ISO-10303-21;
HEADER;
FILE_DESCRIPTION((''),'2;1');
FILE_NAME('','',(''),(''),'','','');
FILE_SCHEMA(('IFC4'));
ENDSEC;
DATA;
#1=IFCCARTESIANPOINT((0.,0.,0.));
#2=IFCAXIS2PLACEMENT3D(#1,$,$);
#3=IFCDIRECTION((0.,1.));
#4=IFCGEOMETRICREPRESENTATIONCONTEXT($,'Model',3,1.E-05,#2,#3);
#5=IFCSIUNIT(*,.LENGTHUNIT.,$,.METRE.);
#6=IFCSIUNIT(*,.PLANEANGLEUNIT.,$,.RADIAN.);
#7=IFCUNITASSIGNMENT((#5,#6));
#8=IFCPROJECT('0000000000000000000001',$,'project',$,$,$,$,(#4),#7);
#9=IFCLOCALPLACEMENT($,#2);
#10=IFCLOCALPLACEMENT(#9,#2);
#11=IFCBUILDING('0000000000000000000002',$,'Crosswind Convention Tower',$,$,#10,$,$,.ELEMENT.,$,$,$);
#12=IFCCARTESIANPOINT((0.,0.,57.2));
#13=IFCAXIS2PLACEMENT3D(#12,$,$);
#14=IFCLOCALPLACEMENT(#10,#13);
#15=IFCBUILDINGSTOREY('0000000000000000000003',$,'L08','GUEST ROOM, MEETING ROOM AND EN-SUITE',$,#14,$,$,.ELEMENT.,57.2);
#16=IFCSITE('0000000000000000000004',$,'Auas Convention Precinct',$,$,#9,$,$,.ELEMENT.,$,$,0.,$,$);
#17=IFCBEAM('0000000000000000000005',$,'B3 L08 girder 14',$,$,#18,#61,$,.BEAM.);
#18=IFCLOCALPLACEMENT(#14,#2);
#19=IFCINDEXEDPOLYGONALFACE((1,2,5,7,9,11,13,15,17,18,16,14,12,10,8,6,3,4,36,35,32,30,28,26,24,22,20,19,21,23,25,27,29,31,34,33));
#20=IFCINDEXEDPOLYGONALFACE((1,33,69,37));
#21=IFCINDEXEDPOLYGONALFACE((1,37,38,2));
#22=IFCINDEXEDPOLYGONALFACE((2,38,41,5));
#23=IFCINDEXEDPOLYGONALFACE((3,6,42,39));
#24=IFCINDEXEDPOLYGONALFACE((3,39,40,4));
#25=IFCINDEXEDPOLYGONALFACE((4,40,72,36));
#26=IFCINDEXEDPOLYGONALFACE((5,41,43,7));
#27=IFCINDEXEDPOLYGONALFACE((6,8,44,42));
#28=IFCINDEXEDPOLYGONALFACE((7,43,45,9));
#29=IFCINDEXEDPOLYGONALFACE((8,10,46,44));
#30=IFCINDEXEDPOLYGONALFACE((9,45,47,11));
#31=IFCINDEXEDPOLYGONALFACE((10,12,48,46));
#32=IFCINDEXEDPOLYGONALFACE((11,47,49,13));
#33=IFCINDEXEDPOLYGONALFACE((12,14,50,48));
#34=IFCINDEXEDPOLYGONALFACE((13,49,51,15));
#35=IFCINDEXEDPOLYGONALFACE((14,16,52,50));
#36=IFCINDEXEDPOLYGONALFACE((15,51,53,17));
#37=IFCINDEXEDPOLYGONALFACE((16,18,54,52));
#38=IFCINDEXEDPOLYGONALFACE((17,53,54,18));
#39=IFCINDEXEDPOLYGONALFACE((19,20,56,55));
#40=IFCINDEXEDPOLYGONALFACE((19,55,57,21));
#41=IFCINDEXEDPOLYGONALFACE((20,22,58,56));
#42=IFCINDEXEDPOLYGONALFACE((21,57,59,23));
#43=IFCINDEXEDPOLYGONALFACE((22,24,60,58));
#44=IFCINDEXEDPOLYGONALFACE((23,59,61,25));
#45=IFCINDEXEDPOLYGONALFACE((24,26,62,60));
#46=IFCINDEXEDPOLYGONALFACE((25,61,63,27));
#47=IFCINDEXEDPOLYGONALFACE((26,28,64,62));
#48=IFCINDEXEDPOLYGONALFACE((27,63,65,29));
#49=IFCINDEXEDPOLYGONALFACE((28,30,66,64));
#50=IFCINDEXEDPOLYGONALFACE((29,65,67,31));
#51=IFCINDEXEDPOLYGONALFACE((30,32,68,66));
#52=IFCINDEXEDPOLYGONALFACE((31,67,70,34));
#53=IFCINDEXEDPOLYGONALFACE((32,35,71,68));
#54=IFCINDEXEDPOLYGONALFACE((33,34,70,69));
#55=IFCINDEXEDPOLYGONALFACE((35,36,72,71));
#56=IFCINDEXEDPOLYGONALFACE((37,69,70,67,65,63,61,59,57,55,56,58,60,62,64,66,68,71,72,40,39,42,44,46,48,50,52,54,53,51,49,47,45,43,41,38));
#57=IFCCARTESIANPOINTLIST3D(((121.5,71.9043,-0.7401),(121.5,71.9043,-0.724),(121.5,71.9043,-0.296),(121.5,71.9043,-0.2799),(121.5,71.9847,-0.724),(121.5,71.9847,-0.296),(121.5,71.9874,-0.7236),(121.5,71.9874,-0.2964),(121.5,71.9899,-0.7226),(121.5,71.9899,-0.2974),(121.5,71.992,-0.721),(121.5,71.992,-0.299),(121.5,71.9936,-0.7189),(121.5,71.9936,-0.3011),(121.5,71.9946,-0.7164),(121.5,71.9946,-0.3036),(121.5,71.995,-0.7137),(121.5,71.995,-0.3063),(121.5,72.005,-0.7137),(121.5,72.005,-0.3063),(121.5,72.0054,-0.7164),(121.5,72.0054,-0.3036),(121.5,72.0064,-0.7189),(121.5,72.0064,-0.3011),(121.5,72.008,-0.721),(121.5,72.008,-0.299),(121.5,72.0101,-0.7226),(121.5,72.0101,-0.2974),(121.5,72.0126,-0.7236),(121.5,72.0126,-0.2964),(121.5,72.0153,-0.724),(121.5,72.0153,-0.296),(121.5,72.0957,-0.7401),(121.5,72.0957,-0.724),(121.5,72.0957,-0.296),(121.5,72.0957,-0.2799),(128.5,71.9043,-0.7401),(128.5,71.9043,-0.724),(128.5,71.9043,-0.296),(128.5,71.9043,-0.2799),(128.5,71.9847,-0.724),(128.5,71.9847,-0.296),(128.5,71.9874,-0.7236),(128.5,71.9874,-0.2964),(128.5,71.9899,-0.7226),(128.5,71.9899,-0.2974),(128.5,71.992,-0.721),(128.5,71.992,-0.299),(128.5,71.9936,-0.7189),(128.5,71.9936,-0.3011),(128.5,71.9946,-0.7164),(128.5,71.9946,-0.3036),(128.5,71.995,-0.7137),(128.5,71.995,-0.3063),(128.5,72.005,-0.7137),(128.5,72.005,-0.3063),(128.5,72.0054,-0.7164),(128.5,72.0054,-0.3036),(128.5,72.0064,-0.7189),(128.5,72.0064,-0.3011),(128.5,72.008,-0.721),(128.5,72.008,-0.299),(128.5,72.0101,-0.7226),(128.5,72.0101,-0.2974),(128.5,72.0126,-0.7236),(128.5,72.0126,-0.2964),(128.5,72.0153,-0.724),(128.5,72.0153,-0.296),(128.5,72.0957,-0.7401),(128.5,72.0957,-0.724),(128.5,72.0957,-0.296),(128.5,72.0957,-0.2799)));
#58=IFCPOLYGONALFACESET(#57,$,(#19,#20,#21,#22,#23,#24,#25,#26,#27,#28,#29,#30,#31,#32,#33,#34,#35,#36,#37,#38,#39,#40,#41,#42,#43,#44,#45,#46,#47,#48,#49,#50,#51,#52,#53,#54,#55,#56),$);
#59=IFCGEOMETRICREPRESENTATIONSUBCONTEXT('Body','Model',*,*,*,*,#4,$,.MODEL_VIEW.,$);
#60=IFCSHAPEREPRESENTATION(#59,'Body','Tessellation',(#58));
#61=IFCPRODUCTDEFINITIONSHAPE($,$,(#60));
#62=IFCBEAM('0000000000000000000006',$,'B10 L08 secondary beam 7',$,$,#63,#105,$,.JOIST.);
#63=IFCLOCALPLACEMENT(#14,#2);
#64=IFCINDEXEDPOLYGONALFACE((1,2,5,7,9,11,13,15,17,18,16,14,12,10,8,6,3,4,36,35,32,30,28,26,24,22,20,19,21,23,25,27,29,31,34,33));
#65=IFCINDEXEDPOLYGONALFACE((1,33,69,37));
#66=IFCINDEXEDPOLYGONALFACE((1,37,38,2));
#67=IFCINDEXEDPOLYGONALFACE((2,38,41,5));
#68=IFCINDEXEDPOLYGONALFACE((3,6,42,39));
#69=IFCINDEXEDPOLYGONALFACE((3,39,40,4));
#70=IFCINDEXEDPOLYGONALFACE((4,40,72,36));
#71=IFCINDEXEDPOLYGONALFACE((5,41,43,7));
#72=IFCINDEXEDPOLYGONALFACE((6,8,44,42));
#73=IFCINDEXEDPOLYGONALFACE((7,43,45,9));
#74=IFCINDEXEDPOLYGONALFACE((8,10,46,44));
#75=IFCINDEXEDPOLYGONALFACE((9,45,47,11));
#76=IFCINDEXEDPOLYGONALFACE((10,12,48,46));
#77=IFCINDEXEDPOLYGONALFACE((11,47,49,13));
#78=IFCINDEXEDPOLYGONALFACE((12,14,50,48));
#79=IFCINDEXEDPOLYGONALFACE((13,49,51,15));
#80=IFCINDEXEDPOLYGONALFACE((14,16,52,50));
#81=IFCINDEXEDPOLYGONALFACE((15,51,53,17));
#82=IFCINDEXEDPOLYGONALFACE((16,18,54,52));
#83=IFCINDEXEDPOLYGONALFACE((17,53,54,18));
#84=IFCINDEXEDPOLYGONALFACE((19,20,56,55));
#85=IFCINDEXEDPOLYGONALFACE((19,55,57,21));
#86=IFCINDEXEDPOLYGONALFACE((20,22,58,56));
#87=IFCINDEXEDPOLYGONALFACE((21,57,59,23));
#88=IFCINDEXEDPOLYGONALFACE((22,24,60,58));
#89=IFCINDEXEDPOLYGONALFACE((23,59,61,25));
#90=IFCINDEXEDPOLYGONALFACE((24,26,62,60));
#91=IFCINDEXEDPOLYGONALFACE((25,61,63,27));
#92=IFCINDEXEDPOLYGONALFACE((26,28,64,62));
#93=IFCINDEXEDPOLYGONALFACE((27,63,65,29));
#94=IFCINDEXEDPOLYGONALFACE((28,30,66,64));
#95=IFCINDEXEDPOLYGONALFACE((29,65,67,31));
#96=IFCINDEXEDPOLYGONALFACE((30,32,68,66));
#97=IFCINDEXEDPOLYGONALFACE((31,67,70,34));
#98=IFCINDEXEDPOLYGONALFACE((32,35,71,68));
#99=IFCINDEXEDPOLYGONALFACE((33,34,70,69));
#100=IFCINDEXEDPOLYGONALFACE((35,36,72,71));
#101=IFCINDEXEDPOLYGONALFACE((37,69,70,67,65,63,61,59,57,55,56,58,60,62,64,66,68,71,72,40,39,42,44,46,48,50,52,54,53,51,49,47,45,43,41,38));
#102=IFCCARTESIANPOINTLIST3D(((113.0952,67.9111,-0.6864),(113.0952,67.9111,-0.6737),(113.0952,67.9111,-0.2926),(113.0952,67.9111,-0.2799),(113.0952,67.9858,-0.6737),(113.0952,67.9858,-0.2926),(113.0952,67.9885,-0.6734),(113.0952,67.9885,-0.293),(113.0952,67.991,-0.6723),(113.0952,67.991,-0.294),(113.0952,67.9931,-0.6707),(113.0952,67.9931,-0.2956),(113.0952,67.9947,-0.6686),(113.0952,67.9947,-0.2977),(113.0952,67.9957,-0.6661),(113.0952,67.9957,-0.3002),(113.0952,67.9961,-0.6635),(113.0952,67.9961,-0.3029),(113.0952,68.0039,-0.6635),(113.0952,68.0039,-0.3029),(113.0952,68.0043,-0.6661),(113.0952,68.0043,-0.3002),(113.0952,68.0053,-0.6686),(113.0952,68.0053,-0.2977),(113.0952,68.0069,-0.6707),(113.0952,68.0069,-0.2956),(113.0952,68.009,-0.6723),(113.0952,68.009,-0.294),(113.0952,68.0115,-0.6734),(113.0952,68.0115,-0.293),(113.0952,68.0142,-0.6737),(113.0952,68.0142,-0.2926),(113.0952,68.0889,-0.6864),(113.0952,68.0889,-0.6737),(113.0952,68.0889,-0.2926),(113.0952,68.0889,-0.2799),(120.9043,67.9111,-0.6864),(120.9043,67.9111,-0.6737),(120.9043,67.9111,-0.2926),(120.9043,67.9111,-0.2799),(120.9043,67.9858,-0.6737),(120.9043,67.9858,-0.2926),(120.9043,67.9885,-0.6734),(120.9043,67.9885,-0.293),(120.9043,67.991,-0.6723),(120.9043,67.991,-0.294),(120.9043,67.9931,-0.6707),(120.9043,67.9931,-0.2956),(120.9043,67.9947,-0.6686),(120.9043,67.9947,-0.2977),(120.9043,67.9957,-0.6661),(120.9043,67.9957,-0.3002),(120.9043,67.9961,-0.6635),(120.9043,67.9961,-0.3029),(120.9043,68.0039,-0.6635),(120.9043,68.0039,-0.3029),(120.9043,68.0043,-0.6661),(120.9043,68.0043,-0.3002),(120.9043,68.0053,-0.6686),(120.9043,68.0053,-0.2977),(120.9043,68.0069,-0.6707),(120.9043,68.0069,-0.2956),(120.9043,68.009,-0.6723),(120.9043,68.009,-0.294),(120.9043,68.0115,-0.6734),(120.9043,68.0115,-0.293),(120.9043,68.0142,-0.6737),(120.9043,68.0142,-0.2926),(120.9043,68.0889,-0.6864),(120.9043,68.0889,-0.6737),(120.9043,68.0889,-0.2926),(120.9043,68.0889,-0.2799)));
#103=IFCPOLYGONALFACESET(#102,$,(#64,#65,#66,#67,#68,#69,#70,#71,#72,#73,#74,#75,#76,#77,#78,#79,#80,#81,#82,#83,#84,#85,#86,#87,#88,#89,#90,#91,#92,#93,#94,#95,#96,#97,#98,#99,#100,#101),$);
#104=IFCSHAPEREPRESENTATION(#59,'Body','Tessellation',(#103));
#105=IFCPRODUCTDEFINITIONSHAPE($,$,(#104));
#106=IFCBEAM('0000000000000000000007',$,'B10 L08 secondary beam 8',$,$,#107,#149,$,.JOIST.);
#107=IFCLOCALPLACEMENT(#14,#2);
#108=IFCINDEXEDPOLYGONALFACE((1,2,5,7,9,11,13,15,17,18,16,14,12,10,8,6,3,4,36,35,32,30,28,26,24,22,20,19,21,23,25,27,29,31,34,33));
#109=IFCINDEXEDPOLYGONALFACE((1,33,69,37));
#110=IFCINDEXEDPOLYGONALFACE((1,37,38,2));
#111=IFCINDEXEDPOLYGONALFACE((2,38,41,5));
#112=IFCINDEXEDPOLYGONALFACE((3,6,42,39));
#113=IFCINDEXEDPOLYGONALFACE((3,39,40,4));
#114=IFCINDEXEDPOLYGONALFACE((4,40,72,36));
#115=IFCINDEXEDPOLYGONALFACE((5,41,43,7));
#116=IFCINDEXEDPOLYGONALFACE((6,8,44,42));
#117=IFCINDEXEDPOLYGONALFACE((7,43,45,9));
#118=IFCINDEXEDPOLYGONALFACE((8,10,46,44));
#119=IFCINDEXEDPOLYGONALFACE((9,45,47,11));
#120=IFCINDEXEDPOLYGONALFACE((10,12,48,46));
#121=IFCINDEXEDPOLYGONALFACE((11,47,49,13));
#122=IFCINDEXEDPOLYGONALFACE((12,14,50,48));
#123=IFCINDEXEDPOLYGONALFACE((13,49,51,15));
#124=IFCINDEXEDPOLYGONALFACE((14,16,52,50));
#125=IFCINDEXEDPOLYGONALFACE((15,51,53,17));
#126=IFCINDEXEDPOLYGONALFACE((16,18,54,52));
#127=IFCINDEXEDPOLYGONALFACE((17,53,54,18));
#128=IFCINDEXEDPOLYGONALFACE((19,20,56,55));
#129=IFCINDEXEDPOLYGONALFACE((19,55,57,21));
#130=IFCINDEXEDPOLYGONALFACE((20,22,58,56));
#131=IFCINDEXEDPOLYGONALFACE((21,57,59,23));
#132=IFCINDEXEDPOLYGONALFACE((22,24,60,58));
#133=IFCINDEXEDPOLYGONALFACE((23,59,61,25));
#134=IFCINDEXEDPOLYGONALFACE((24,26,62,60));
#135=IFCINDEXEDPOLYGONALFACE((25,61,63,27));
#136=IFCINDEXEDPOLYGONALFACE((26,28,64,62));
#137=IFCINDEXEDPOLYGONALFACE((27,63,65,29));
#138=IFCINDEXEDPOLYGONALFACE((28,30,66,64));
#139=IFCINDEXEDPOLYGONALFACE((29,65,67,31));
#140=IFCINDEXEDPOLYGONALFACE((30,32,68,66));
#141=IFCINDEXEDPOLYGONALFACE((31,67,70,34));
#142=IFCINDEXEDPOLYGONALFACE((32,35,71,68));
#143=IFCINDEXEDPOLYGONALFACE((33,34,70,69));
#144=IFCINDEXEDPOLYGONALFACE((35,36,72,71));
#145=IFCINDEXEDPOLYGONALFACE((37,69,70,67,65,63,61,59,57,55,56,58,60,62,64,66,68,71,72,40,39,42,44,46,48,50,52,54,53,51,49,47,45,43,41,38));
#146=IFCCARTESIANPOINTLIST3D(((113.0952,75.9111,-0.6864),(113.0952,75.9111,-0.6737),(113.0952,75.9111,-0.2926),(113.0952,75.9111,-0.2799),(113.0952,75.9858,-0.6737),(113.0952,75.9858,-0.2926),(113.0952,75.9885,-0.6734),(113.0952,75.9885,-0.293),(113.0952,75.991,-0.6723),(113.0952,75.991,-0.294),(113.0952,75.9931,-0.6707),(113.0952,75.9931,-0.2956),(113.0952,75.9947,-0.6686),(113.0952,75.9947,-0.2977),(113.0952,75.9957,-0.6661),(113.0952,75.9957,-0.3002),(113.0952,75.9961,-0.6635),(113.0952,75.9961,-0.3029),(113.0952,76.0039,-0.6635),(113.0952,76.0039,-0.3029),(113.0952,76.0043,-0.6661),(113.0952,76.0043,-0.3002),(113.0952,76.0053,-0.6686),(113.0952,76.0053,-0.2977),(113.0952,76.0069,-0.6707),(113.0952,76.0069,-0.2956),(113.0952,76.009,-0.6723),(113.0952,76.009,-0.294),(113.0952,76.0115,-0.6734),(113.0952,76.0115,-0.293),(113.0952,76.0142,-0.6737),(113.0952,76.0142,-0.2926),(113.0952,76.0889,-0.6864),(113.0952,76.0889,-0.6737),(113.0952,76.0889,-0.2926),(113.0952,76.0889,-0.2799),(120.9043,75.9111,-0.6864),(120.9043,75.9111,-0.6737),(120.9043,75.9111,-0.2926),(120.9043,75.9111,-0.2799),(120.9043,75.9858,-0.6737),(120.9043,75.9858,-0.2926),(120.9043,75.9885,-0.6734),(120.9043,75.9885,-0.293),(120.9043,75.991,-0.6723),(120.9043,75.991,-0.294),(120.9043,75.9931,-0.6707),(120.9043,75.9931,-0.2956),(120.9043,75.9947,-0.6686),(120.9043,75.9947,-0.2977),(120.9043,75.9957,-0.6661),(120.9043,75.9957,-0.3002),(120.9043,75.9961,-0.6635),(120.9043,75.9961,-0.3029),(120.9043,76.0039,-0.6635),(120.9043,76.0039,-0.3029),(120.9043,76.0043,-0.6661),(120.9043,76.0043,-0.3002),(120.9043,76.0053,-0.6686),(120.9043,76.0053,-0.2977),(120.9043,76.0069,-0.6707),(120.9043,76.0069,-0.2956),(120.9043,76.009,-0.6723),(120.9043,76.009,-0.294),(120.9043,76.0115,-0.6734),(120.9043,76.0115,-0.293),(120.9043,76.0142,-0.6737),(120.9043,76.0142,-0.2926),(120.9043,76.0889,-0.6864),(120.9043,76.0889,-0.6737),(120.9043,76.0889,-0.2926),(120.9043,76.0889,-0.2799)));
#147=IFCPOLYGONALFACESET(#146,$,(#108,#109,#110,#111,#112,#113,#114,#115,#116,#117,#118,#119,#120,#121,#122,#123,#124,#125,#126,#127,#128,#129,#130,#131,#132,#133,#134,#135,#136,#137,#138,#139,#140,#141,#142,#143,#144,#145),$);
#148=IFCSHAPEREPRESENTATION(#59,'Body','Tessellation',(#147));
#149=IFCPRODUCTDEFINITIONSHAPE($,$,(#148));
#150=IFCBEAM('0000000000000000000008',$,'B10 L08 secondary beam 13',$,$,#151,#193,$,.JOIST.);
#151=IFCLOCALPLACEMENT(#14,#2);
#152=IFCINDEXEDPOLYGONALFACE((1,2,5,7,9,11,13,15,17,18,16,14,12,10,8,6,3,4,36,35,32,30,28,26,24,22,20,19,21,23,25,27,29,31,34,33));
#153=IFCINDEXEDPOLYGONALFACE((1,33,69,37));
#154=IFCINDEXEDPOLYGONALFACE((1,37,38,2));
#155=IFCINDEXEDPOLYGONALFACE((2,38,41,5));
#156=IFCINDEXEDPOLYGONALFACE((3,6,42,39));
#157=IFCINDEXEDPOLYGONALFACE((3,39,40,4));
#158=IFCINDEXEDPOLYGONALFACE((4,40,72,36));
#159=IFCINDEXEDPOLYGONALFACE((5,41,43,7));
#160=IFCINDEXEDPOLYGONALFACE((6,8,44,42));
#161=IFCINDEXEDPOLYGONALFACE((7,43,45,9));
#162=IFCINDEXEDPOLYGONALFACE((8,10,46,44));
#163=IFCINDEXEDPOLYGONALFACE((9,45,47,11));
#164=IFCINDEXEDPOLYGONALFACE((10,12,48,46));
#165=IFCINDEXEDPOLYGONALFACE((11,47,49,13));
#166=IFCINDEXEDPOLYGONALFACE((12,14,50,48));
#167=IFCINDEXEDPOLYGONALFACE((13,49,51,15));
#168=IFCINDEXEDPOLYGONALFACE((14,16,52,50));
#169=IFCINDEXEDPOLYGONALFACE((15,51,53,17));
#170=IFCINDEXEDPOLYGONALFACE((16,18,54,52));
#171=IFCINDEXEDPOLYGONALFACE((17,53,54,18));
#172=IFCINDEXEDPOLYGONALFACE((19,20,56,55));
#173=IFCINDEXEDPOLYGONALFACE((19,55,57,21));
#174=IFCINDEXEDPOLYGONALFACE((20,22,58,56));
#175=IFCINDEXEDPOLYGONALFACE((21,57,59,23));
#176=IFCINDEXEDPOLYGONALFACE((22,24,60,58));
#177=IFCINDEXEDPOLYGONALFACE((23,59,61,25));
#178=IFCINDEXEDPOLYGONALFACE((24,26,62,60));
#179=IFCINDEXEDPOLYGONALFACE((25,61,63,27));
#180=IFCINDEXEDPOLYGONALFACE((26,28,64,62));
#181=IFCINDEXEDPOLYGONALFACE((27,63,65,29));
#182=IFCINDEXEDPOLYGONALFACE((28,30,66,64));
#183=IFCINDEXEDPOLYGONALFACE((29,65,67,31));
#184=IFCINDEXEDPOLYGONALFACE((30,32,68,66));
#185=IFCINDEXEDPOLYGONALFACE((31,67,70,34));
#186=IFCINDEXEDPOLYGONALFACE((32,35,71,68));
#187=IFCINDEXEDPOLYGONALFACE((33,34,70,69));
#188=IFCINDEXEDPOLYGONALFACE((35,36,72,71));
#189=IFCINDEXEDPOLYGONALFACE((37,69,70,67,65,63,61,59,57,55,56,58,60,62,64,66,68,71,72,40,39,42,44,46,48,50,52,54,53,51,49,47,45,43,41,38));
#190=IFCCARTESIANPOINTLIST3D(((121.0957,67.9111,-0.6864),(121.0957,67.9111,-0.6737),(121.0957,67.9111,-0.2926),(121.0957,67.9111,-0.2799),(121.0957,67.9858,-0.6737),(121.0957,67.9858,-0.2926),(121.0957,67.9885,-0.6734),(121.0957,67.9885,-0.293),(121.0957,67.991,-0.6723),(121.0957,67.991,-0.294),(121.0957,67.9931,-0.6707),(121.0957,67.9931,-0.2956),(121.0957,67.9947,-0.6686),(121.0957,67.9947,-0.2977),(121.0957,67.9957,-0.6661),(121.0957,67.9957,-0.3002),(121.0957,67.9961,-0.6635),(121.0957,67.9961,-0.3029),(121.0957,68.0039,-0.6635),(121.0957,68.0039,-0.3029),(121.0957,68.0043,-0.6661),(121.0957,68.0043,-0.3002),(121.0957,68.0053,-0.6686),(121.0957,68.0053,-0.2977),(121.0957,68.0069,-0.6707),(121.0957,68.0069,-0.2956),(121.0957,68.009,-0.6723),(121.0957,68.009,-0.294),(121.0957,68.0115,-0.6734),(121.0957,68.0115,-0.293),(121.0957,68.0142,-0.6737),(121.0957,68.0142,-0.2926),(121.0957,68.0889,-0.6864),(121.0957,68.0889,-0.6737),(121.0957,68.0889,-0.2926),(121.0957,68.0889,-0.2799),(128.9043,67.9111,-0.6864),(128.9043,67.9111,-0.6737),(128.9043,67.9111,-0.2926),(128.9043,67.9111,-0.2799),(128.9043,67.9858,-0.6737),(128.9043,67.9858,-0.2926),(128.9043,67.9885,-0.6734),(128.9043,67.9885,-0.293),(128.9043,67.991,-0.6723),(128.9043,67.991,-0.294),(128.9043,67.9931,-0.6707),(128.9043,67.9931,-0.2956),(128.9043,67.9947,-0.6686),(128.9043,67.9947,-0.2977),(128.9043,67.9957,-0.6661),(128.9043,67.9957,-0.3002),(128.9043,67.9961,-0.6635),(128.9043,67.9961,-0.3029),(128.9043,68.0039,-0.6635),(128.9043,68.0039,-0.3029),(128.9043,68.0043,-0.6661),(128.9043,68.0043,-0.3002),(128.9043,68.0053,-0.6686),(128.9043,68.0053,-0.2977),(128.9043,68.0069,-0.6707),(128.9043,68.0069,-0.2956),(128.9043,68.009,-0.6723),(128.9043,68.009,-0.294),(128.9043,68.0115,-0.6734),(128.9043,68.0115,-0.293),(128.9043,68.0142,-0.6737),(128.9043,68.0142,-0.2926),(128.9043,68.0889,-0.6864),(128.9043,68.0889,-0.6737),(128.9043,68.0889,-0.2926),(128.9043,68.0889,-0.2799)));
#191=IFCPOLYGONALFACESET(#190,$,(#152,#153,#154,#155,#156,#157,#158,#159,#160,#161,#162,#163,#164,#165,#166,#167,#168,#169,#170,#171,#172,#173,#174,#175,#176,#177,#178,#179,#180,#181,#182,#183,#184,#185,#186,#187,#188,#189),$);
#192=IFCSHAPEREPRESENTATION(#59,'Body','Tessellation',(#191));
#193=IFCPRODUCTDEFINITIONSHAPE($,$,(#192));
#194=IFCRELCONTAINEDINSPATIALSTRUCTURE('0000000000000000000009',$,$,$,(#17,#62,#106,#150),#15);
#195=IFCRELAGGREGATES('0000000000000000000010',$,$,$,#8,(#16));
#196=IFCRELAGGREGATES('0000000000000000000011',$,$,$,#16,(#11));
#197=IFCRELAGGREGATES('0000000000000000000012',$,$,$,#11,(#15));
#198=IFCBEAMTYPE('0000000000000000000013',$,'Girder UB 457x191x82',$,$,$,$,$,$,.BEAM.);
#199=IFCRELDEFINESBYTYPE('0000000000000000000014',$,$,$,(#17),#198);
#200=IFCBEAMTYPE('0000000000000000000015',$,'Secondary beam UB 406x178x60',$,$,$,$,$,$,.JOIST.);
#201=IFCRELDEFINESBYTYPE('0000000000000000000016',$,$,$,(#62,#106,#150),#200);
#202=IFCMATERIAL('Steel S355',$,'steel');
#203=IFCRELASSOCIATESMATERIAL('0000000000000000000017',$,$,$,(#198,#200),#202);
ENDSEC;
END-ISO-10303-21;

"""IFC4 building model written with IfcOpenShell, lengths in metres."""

from ifc_helpers import new_model, si_unit, direction, frame, origin, origin_2d, place, context, subcontext, project, spatial, i_section, extrude, material, material_profile, profile_set, type_object, element, save


model = new_model("IFC4")

# Units and contexts
model_context = context("Model", 3, precision=1e-05, world=origin(), true_north=direction((0.0, 1.0)))
body_context = subcontext(model_context, "Body", "Model", "MODEL_VIEW")
ifc_project = project(units=[si_unit("LENGTHUNIT", "METRE"), si_unit("PLANEANGLEUNIT", "RADIAN")], contexts=[model_context])

# Site, building, storey
site_placement = place(None, origin())
site = spatial("IfcSite", under=ifc_project, at=site_placement, Name="Auas Convention Precinct", CompositionType="ELEMENT", RefElevation=0.0)
building_placement = place(site_placement, origin())
building = spatial("IfcBuilding", under=site, at=building_placement, Name="Crosswind Convention Tower", CompositionType="ELEMENT")
storey_placement = place(building_placement, frame((0.0, 0.0, 57.2)))
storey = spatial("IfcBuildingStorey", under=building, at=storey_placement, Name="L08", Description="GUEST ROOM, MEETING ROOM AND EN-SUITE", CompositionType="ELEMENT", Elevation=57.2)

# Beams
ifc_material_1 = material(Name="Steel S355", Category="steel")
ifc_material_profile_1 = material_profile(ifc_material_1, i_section(OverallWidth=0.1914, OverallDepth=0.4602, WebThickness=0.01, FlangeThickness=0.0161, FilletRadius=0.0103, at=origin_2d()), Name="UB 457x191x82")
ifc_profile_set_1 = profile_set([ifc_material_profile_1], Name="Steel S355")
beam_type_1 = type_object("IfcBeamType", Name="Girder UB 457x191x82", PredefinedType="BEAM", material=ifc_profile_set_1)
beam_1_placement = place(storey_placement, frame((121.5, 72.0, -0.51), z_axis=(1.0, 0.0, 0.0), x_axis=(0.0, 1.0, 0.0)))
element("IfcBeam", 1, at=beam_1_placement, inside=storey, type_object=beam_type_1, Name="B3 L08 girder 14", PredefinedType="BEAM", context=body_context, shape_type="SweptSolid", body=[
    extrude(i_section(OverallWidth=0.1914, OverallDepth=0.4602, WebThickness=0.01, FlangeThickness=0.0161, FilletRadius=0.0103, at=origin_2d()), origin(), (0.0, 0.0, 1.0), 7.0),
])
ifc_material_profile_2 = material_profile(ifc_material_1, i_section(OverallWidth=0.1777, OverallDepth=0.4065, WebThickness=0.0078, FlangeThickness=0.0127, FilletRadius=0.0103, at=origin_2d()), Name="UB 406x178x60")
ifc_profile_set_2 = profile_set([ifc_material_profile_2], Name="Steel S355")
beam_type_2 = type_object("IfcBeamType", Name="Secondary beam UB 406x178x60", PredefinedType="JOIST", material=ifc_profile_set_2)
for number, where, z_axis, x_axis, name in (
    (2, (113.0952, 68.0, -0.4832), (1.0, 0.0, 0.0), (0.0, 1.0, 0.0), "B10 L08 secondary beam 7"),
    (3, (113.0952, 76.0, -0.4832), (1.0, 0.0, 0.0), (0.0, 1.0, 0.0), "B10 L08 secondary beam 8"),
):
    element("IfcBeam", number, at=place(storey_placement, frame(where, z_axis=z_axis, x_axis=x_axis)), inside=storey, type_object=beam_type_2, Name=name, PredefinedType="JOIST", context=body_context, shape_type="SweptSolid", body=[
        extrude(i_section(OverallWidth=0.1777, OverallDepth=0.4065, WebThickness=0.0078, FlangeThickness=0.0127, FilletRadius=0.0103, at=origin_2d()), origin(), (0.0, 0.0, 1.0), 7.8091),
    ])
beam_2_placement = place(storey_placement, frame((121.0957, 68.0, -0.4832), z_axis=(1.0, 0.0, 0.0), x_axis=(0.0, 1.0, 0.0)))
element("IfcBeam", 4, at=beam_2_placement, inside=storey, type_object=beam_type_2, Name="B10 L08 secondary beam 13", PredefinedType="JOIST", context=body_context, shape_type="SweptSolid", body=[
    extrude(i_section(OverallWidth=0.1777, OverallDepth=0.4065, WebThickness=0.0078, FlangeThickness=0.0127, FilletRadius=0.0103, at=origin_2d()), origin(), (0.0, 0.0, 1.0), 7.8086),
])

save(model, "model.ifc")
